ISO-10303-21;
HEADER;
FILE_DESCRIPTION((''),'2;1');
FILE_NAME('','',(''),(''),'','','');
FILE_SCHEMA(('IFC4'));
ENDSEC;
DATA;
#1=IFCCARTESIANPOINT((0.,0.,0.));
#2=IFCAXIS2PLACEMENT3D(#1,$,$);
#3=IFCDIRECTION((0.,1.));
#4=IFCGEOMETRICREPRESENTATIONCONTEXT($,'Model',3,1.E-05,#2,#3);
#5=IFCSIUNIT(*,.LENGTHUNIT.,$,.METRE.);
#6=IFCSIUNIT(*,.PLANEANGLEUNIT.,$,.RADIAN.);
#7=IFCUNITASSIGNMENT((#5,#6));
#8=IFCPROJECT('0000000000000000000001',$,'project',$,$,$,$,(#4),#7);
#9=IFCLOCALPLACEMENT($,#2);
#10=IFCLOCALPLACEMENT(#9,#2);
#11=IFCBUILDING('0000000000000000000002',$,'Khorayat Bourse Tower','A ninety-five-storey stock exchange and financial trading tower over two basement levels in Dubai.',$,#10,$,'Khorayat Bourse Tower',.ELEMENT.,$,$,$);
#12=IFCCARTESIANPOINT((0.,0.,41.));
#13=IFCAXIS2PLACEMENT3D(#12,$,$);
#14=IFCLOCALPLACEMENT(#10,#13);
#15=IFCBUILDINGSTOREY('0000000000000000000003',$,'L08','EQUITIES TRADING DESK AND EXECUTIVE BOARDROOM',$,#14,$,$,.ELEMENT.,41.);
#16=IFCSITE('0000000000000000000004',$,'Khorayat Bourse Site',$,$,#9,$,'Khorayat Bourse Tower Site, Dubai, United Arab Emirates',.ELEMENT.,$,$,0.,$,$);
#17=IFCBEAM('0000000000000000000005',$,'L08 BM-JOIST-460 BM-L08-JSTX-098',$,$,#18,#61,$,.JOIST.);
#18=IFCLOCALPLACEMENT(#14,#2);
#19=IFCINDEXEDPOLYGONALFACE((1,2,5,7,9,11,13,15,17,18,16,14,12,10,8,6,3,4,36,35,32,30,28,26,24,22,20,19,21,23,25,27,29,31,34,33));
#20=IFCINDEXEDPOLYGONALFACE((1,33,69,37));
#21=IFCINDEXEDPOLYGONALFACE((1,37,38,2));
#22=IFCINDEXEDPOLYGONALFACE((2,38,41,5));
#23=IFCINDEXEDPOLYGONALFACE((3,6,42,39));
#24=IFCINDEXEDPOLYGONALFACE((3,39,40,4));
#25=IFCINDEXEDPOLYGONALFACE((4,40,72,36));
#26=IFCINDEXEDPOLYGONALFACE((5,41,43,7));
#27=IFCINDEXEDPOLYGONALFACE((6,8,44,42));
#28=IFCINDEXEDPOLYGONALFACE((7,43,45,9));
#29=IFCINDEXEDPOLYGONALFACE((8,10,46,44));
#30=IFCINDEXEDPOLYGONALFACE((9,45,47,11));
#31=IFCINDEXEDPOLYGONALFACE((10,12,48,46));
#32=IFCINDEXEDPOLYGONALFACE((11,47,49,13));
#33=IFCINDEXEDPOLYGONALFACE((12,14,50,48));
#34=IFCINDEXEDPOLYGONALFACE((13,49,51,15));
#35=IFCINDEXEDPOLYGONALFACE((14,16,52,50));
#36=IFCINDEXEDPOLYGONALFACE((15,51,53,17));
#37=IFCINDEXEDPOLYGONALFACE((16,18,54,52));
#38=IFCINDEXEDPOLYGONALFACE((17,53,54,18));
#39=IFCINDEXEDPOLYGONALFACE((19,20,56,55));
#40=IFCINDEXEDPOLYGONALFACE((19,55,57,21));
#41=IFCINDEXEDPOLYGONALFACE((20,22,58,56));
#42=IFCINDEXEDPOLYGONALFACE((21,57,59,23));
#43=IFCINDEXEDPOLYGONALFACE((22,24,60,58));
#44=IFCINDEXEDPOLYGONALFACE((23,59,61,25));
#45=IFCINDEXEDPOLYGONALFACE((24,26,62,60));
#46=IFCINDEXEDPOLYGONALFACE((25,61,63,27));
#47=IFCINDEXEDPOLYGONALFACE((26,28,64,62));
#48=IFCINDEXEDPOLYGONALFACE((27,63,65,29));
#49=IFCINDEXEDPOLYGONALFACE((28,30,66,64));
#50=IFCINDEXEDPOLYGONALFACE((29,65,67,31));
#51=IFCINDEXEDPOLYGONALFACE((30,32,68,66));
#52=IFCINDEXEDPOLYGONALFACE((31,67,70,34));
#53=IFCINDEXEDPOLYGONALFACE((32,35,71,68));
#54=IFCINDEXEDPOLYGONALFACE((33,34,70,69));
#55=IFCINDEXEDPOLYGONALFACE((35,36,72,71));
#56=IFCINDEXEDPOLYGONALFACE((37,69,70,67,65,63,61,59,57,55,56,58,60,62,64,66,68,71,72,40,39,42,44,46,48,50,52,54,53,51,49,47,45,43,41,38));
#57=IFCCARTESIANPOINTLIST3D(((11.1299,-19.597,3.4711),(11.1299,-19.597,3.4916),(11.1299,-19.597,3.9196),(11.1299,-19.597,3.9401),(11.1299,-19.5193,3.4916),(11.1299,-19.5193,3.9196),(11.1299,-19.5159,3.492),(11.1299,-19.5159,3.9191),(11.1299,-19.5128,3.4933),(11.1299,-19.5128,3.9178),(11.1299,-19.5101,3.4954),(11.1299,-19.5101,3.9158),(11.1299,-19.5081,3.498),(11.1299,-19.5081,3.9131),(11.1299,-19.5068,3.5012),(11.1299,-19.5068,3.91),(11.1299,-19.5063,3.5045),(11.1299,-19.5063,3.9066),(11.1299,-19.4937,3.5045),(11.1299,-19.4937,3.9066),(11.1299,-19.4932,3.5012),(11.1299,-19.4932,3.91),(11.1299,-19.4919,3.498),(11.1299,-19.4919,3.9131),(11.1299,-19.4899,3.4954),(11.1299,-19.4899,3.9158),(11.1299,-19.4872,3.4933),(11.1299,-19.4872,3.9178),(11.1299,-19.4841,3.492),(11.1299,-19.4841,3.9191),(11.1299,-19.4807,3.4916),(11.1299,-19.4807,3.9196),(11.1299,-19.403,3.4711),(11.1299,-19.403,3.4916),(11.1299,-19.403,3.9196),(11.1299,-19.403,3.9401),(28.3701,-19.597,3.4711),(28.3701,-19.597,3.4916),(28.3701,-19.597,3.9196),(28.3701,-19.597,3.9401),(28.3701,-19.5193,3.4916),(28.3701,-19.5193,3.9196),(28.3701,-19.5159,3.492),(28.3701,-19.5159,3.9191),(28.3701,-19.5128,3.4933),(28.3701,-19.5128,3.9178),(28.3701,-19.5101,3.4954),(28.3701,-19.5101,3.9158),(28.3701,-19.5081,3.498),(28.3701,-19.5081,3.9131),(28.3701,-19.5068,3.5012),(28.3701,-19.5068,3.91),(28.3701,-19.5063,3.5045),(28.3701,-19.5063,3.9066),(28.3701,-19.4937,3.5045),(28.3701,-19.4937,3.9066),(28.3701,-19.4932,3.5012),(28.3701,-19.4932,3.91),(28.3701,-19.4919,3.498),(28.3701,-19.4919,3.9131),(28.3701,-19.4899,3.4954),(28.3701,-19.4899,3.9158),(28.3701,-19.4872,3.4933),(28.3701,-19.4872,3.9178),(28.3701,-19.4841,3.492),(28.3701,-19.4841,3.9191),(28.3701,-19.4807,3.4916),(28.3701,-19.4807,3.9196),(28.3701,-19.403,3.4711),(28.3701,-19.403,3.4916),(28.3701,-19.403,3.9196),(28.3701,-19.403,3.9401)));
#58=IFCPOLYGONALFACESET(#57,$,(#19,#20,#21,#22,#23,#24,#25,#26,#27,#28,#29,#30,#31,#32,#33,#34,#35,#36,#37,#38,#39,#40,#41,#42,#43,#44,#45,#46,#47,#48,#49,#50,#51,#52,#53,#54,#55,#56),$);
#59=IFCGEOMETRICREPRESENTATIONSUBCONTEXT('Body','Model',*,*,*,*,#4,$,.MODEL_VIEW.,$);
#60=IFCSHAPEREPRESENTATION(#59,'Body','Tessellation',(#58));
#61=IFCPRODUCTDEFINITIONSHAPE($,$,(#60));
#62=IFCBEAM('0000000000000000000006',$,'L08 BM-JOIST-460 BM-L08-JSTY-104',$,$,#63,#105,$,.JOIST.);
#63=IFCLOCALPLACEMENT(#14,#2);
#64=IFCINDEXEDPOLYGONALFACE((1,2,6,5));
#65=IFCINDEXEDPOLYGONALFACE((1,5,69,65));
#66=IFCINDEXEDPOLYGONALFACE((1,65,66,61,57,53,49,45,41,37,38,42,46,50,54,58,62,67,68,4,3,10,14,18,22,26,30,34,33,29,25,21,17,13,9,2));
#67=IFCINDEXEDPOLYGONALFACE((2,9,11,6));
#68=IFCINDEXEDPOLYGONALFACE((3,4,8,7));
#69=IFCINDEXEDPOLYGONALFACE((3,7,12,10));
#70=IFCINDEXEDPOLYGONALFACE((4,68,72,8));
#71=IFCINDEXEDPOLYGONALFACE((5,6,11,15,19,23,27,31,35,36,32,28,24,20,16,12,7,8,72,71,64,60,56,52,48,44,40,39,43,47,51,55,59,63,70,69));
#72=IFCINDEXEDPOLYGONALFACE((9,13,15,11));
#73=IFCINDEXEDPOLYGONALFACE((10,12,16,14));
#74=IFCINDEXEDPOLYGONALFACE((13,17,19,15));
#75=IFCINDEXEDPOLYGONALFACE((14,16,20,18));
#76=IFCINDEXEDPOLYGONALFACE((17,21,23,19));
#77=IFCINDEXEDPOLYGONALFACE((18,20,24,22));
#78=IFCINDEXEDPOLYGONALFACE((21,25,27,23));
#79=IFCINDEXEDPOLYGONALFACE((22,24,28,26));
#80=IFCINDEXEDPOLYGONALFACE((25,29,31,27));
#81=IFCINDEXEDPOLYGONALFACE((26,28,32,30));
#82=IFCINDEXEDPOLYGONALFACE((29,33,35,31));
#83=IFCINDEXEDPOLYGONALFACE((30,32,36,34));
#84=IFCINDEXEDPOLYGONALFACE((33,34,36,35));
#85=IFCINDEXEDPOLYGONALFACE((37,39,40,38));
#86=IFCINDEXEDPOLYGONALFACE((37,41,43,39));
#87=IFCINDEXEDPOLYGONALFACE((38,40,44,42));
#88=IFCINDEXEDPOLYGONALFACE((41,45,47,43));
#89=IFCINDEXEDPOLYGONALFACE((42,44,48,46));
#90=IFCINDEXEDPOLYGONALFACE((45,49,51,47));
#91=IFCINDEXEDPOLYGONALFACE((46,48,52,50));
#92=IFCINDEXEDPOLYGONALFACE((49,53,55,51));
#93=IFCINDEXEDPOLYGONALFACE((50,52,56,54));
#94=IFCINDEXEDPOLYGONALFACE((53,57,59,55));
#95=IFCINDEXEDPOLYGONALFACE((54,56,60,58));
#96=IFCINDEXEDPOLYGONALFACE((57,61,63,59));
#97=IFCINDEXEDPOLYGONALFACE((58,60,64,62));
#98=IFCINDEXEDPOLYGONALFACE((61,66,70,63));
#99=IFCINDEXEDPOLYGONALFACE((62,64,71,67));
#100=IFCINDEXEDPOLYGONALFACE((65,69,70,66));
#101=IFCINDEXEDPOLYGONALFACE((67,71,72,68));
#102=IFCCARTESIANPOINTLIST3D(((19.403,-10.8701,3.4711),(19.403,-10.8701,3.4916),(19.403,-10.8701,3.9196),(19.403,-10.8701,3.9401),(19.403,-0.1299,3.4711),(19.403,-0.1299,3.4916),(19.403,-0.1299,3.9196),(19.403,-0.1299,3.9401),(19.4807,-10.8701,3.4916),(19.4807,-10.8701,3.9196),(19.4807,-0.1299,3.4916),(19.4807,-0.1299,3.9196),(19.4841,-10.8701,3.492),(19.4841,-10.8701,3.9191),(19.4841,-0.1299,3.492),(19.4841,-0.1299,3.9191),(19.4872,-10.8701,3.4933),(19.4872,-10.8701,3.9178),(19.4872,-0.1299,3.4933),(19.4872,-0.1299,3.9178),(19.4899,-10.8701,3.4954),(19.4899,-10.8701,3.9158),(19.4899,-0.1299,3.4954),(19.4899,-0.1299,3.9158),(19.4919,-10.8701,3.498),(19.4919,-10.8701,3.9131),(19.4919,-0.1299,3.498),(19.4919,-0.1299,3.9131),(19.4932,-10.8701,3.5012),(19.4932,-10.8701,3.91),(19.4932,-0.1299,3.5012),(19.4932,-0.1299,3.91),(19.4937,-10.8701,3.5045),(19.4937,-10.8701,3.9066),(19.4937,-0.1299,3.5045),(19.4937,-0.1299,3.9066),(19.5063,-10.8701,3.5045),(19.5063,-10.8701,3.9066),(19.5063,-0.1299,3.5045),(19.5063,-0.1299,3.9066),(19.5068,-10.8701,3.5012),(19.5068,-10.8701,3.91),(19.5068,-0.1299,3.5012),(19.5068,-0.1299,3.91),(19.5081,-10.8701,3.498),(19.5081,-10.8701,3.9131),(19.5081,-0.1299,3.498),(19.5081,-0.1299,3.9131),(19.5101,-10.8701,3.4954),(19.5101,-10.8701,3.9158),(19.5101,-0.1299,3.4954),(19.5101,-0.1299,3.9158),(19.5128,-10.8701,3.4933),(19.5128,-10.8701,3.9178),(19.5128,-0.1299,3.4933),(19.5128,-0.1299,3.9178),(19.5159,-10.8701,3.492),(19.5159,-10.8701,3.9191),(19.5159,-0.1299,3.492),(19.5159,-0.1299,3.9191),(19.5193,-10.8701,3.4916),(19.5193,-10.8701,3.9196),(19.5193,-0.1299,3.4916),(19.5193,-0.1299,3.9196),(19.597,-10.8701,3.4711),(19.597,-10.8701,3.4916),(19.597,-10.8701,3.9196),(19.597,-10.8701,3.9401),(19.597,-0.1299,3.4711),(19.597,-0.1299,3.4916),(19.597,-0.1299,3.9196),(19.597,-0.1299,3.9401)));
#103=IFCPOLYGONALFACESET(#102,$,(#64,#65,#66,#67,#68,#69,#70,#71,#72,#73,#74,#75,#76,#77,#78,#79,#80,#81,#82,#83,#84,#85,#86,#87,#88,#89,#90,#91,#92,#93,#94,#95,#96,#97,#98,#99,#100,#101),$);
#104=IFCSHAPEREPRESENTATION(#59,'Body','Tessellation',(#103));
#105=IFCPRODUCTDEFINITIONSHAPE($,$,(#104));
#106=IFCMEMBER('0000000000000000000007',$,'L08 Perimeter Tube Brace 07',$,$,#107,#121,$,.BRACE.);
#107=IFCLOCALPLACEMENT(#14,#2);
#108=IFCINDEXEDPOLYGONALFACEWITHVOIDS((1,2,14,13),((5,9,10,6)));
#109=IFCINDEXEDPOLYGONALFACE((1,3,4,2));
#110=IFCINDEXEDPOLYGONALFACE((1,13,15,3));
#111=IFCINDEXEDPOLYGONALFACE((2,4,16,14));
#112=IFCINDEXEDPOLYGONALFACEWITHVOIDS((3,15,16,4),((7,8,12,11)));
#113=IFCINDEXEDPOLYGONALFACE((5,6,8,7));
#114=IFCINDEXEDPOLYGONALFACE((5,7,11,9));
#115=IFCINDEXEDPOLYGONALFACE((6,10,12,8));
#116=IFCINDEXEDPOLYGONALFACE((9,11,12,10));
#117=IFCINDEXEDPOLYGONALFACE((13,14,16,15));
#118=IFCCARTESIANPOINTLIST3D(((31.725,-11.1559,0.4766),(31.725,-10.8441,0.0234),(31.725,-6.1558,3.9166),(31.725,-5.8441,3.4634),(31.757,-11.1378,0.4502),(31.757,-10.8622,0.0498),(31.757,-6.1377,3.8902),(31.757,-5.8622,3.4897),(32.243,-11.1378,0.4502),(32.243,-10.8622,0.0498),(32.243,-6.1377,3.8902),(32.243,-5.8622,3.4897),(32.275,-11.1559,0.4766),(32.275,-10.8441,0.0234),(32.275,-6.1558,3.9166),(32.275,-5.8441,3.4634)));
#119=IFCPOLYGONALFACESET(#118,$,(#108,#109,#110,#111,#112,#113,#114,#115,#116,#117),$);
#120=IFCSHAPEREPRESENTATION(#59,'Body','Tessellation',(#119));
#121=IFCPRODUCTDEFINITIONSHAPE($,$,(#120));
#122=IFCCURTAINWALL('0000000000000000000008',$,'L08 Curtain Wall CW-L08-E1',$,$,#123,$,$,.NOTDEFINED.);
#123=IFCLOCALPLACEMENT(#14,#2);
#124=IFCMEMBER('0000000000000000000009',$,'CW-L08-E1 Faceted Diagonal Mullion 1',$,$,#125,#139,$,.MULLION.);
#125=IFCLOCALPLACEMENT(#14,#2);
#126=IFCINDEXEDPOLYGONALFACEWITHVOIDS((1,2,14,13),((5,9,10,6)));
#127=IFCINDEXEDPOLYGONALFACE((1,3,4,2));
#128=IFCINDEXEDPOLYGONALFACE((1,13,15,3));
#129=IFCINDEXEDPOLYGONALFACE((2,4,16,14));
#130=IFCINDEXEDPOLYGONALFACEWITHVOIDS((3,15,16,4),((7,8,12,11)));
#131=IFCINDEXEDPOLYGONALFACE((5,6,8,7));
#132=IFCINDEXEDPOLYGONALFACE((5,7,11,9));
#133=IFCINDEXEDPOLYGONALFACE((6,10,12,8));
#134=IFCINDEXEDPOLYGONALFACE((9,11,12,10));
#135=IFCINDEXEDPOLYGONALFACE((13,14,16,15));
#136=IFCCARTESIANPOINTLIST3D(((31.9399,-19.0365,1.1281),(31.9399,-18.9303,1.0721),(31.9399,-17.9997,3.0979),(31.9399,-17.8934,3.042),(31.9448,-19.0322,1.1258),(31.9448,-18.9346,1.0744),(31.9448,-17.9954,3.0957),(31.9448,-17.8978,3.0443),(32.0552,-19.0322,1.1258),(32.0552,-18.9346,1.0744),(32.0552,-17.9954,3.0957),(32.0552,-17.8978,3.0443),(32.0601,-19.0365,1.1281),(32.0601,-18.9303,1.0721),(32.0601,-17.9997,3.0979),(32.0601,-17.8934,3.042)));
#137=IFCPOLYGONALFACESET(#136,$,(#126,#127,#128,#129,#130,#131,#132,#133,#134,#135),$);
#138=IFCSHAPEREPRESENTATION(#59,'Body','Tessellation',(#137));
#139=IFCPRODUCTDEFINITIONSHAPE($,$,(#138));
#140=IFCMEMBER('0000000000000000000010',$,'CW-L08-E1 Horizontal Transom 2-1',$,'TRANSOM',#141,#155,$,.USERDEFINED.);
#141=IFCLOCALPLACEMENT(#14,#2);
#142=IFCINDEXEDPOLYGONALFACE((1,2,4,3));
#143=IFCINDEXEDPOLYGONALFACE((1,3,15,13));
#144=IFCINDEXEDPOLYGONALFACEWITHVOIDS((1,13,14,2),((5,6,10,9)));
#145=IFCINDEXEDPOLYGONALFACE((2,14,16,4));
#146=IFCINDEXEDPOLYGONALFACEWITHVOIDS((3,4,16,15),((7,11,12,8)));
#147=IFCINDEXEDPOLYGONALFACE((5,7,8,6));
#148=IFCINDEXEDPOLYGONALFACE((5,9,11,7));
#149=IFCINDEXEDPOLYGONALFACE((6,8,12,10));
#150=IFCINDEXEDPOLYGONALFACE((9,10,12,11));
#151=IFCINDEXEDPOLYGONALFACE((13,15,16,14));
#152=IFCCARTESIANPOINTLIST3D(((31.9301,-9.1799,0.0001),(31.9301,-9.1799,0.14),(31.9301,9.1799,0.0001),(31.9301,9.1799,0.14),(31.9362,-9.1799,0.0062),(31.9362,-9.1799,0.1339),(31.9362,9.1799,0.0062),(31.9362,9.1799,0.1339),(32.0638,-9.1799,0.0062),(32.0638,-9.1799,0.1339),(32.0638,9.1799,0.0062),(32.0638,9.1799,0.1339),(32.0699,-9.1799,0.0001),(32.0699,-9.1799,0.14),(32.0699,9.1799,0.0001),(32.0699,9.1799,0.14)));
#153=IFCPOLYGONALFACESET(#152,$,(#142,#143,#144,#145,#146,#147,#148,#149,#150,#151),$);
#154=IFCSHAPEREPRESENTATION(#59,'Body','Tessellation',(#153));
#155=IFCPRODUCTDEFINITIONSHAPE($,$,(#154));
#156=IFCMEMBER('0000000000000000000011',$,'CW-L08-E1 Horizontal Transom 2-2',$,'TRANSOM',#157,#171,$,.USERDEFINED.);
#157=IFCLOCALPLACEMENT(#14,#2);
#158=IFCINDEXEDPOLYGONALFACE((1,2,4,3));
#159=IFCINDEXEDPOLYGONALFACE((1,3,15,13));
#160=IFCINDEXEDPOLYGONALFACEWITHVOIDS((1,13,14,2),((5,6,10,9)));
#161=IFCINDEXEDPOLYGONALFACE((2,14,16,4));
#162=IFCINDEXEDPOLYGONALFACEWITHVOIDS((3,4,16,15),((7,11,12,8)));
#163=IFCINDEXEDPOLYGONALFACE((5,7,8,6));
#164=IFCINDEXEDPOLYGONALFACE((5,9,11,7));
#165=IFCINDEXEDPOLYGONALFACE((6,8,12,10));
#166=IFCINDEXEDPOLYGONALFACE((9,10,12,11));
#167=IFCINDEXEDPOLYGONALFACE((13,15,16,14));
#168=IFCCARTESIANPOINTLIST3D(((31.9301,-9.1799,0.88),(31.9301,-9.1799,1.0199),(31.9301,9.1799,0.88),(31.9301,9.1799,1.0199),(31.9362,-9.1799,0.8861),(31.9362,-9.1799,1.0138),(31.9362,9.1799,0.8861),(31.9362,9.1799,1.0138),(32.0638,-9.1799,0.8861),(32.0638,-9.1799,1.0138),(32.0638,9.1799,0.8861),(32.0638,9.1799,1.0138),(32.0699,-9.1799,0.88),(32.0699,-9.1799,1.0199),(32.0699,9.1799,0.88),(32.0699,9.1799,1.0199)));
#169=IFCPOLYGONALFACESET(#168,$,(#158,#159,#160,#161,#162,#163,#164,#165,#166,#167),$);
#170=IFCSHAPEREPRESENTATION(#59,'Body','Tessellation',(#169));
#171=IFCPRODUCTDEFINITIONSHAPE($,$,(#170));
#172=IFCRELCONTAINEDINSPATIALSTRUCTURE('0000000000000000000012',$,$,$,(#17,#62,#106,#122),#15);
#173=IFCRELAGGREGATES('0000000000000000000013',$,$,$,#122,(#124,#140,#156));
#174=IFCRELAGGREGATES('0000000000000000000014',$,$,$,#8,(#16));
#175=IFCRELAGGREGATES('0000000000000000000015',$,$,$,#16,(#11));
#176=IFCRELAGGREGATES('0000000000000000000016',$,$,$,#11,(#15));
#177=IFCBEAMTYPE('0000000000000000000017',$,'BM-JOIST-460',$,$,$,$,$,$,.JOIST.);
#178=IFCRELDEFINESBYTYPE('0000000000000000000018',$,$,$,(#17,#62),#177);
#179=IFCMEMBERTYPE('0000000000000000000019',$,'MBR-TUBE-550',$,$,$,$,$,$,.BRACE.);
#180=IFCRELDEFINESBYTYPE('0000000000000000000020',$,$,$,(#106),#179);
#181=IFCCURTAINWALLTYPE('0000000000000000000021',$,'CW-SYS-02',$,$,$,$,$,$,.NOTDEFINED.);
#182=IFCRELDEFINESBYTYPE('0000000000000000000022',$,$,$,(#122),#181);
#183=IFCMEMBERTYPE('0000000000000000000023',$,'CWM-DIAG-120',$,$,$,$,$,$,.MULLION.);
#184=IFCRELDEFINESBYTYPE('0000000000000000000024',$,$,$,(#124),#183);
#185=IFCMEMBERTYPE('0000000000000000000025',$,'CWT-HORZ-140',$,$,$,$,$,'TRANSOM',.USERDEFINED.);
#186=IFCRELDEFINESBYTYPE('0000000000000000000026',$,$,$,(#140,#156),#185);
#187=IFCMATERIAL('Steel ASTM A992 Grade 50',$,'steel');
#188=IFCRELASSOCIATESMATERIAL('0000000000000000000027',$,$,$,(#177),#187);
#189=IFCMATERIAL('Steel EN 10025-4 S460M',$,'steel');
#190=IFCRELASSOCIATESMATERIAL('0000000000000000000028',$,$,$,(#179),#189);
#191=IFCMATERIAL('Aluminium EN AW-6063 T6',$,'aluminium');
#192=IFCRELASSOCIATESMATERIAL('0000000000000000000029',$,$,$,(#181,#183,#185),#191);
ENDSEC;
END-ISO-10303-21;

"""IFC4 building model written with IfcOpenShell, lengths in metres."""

from ifc_helpers import new_model, si_unit, direction, frame, origin, origin_2d, place, context, subcontext, project, spatial, hollow_rectangle, i_section, extrude, source, transform, mapped, material, material_profile, profile_set, type_object, element, aggregate, save


model = new_model("IFC4")

# Units and contexts
model_context = context("Model", 3, precision=1e-05, world=origin(), true_north=direction((0.0, 1.0)))
body_context = subcontext(model_context, "Body", "Model", "MODEL_VIEW")
ifc_project = project(units=[si_unit("LENGTHUNIT", "METRE"), si_unit("PLANEANGLEUNIT", "RADIAN")], contexts=[model_context])

# Site, building, storey
site_placement = place(None, origin())
site = spatial("IfcSite", under=ifc_project, at=site_placement, Name="Khorayat Bourse Site", LongName="Khorayat Bourse Tower Site, Dubai, United Arab Emirates", CompositionType="ELEMENT", RefElevation=0.0)
building_placement = place(site_placement, origin())
building = spatial("IfcBuilding", under=site, at=building_placement, Name="Khorayat Bourse Tower", Description="A ninety-five-storey stock exchange and financial trading tower over two basement levels in Dubai.", LongName="Khorayat Bourse Tower", CompositionType="ELEMENT")
storey_placement = place(building_placement, frame((0.0, 0.0, 41.0)))
storey = spatial("IfcBuildingStorey", under=building, at=storey_placement, Name="L08", Description="EQUITIES TRADING DESK AND EXECUTIVE BOARDROOM", CompositionType="ELEMENT", Elevation=41.0)

# Shared definitions
ifc_material_1 = material(Name="Steel EN 10025-4 S460M", Category="steel")

# Beams
ifc_material_2 = material(Name="Steel ASTM A992 Grade 50", Category="steel")
ifc_material_profile_1 = material_profile(ifc_material_2, i_section(OverallWidth=0.1941, OverallDepth=0.469, WebThickness=0.0127, FlangeThickness=0.0205, FilletRadius=0.0129, at=origin_2d()), Name="W460X106")
ifc_profile_set_1 = profile_set([ifc_material_profile_1], Name="Steel ASTM A992 Grade 50")
beam_type_1 = type_object("IfcBeamType", Name="BM-JOIST-460", PredefinedType="JOIST", material=ifc_profile_set_1)
shared_shape_1 = source(origin(), body_context, "Body", "SweptSolid", [
    extrude(i_section(OverallWidth=0.1941, OverallDepth=0.469, WebThickness=0.0127, FlangeThickness=0.0205, FilletRadius=0.0129, at=origin_2d()), origin(), (0.0, 0.0, 1.0), 17.2402),
])
beam_1_placement = place(storey_placement, frame((11.1299, -19.5, 3.7056), z_axis=(1.0, 0.0, 0.0), x_axis=(0.0, 1.0, 0.0)))
element("IfcBeam", 1, at=beam_1_placement, inside=storey, type_object=beam_type_1, Name="L08 BM-JOIST-460 BM-L08-JSTX-098", PredefinedType="JOIST", context=body_context, shape_type="MappedRepresentation", body=[
    mapped(shared_shape_1, transform((0.0, 0.0, 0.0), scale=1.0)),
])
shared_shape_2 = source(origin(), body_context, "Body", "SweptSolid", [
    extrude(i_section(OverallWidth=0.1941, OverallDepth=0.469, WebThickness=0.0127, FlangeThickness=0.0205, FilletRadius=0.0129, at=origin_2d()), origin(), (0.0, 0.0, 1.0), 10.7402),
])
beam_2_placement = place(storey_placement, frame((19.5, -10.8701, 3.7056), z_axis=(0.0, 1.0, 0.0), x_axis=(-1.0, 0.0, 0.0)))
element("IfcBeam", 2, at=beam_2_placement, inside=storey, type_object=beam_type_1, Name="L08 BM-JOIST-460 BM-L08-JSTY-104", PredefinedType="JOIST", context=body_context, shape_type="MappedRepresentation", body=[
    mapped(shared_shape_2, transform((0.0, 0.0, 0.0), scale=1.0)),
])

# Member
ifc_material_profile_2 = material_profile(ifc_material_1, hollow_rectangle(XDim=0.55, YDim=0.55, WallThickness=0.032, at=origin_2d()), Name="HSS 550x550x32")
ifc_profile_set_2 = profile_set([ifc_material_profile_2], Name="Steel EN 10025-4 S460M")
member_type_1 = type_object("IfcMemberType", Name="MBR-TUBE-550", PredefinedType="BRACE", material=ifc_profile_set_2)
shared_shape_3 = source(origin(), body_context, "Body", "SweptSolid", [
    extrude(hollow_rectangle(XDim=0.55, YDim=0.55, WallThickness=0.032, at=origin_2d()), origin(), (0.0, 0.0, 1.0), 6.0691),
])
member_1_placement = place(storey_placement, frame((32.0, -11.0, 0.25), z_axis=(0.0, 0.823854, 0.566802), x_axis=(-1.0, 0.0, 0.0)))
element("IfcMember", 3, at=member_1_placement, inside=storey, type_object=member_type_1, Name="L08 Perimeter Tube Brace 07", PredefinedType="BRACE", context=body_context, shape_type="MappedRepresentation", body=[
    mapped(shared_shape_3, transform((0.0, 0.0, 0.0), scale=1.0)),
])

# Curtain wall, members
ifc_material_3 = material(Name="Aluminium EN AW-6063 T6", Category="aluminium")
curtain_wall_type = type_object("IfcCurtainWallType", Name="CW-SYS-02", PredefinedType="NOTDEFINED", material=ifc_material_3)
curtain_wall_placement = place(storey_placement, origin())
curtain_wall = element("IfcCurtainWall", 4, at=curtain_wall_placement, inside=storey, type_object=curtain_wall_type, Name="L08 Curtain Wall CW-L08-E1", PredefinedType="NOTDEFINED")
ifc_material_profile_3 = material_profile(ifc_material_3, hollow_rectangle(XDim=0.1201, YDim=0.1201, WallThickness=0.0049, at=origin_2d()), Name="ALU 120x120x5")
ifc_profile_set_3 = profile_set([ifc_material_profile_3], Name="Aluminium EN AW-6063 T6")
member_type_2 = type_object("IfcMemberType", Name="CWM-DIAG-120", PredefinedType="MULLION", material=ifc_profile_set_3)
shared_shape_4 = source(origin(), body_context, "Body", "SweptSolid", [
    extrude(hollow_rectangle(XDim=0.1201, YDim=0.1201, WallThickness=0.0049, at=origin_2d()), origin(), (0.0, 0.0, 1.0), 2.2261),
])
member_2_placement = place(storey_placement, frame((32.0, -18.9834, 1.1001), z_axis=(0.0, 0.46576, 0.884911), x_axis=(-1.0, 0.0, 0.0)))
member_2 = element("IfcMember", 5, at=member_2_placement, type_object=member_type_2, Name="CW-L08-E1 Faceted Diagonal Mullion 1", PredefinedType="MULLION", context=body_context, shape_type="MappedRepresentation", body=[
    mapped(shared_shape_4, transform((0.0, 0.0, 0.0), scale=1.0)),
])
ifc_material_profile_4 = material_profile(ifc_material_3, hollow_rectangle(XDim=0.1399, YDim=0.1399, WallThickness=0.0061, at=origin_2d()), Name="ALU 140x140x6")
ifc_profile_set_4 = profile_set([ifc_material_profile_4], Name="Aluminium EN AW-6063 T6")
member_type_3 = type_object("IfcMemberType", Name="CWT-HORZ-140", ElementType="TRANSOM", PredefinedType="USERDEFINED", material=ifc_profile_set_4)
shared_shape_5 = source(origin(), body_context, "Body", "SweptSolid", [
    extrude(hollow_rectangle(XDim=0.1399, YDim=0.1399, WallThickness=0.0061, at=origin_2d()), origin(), (0.0, 0.0, 1.0), 18.3599),
])
member_3_placement = place(storey_placement, frame((32.0, -9.1799, 0.0701), z_axis=(0.0, 1.0, 0.0), x_axis=(-1.0, 0.0, 0.0)))
member_3 = element("IfcMember", 6, at=member_3_placement, type_object=member_type_3, Name="CW-L08-E1 Horizontal Transom 2-1", ObjectType="TRANSOM", PredefinedType="USERDEFINED", context=body_context, shape_type="MappedRepresentation", body=[
    mapped(shared_shape_5, transform((0.0, 0.0, 0.0), scale=1.0)),
])
member_4_placement = place(storey_placement, frame((32.0, -9.1799, 0.95), z_axis=(0.0, 1.0, 0.0), x_axis=(-1.0, 0.0, 0.0)))
member_4 = element("IfcMember", 7, at=member_4_placement, type_object=member_type_3, Name="CW-L08-E1 Horizontal Transom 2-2", ObjectType="TRANSOM", PredefinedType="USERDEFINED", context=body_context, shape_type="MappedRepresentation", body=[
    mapped(shared_shape_5, transform((0.0, 0.0, 0.0), scale=1.0)),
])

aggregate(curtain_wall, [member_2, member_3, member_4])

save(model, "model.ifc")
